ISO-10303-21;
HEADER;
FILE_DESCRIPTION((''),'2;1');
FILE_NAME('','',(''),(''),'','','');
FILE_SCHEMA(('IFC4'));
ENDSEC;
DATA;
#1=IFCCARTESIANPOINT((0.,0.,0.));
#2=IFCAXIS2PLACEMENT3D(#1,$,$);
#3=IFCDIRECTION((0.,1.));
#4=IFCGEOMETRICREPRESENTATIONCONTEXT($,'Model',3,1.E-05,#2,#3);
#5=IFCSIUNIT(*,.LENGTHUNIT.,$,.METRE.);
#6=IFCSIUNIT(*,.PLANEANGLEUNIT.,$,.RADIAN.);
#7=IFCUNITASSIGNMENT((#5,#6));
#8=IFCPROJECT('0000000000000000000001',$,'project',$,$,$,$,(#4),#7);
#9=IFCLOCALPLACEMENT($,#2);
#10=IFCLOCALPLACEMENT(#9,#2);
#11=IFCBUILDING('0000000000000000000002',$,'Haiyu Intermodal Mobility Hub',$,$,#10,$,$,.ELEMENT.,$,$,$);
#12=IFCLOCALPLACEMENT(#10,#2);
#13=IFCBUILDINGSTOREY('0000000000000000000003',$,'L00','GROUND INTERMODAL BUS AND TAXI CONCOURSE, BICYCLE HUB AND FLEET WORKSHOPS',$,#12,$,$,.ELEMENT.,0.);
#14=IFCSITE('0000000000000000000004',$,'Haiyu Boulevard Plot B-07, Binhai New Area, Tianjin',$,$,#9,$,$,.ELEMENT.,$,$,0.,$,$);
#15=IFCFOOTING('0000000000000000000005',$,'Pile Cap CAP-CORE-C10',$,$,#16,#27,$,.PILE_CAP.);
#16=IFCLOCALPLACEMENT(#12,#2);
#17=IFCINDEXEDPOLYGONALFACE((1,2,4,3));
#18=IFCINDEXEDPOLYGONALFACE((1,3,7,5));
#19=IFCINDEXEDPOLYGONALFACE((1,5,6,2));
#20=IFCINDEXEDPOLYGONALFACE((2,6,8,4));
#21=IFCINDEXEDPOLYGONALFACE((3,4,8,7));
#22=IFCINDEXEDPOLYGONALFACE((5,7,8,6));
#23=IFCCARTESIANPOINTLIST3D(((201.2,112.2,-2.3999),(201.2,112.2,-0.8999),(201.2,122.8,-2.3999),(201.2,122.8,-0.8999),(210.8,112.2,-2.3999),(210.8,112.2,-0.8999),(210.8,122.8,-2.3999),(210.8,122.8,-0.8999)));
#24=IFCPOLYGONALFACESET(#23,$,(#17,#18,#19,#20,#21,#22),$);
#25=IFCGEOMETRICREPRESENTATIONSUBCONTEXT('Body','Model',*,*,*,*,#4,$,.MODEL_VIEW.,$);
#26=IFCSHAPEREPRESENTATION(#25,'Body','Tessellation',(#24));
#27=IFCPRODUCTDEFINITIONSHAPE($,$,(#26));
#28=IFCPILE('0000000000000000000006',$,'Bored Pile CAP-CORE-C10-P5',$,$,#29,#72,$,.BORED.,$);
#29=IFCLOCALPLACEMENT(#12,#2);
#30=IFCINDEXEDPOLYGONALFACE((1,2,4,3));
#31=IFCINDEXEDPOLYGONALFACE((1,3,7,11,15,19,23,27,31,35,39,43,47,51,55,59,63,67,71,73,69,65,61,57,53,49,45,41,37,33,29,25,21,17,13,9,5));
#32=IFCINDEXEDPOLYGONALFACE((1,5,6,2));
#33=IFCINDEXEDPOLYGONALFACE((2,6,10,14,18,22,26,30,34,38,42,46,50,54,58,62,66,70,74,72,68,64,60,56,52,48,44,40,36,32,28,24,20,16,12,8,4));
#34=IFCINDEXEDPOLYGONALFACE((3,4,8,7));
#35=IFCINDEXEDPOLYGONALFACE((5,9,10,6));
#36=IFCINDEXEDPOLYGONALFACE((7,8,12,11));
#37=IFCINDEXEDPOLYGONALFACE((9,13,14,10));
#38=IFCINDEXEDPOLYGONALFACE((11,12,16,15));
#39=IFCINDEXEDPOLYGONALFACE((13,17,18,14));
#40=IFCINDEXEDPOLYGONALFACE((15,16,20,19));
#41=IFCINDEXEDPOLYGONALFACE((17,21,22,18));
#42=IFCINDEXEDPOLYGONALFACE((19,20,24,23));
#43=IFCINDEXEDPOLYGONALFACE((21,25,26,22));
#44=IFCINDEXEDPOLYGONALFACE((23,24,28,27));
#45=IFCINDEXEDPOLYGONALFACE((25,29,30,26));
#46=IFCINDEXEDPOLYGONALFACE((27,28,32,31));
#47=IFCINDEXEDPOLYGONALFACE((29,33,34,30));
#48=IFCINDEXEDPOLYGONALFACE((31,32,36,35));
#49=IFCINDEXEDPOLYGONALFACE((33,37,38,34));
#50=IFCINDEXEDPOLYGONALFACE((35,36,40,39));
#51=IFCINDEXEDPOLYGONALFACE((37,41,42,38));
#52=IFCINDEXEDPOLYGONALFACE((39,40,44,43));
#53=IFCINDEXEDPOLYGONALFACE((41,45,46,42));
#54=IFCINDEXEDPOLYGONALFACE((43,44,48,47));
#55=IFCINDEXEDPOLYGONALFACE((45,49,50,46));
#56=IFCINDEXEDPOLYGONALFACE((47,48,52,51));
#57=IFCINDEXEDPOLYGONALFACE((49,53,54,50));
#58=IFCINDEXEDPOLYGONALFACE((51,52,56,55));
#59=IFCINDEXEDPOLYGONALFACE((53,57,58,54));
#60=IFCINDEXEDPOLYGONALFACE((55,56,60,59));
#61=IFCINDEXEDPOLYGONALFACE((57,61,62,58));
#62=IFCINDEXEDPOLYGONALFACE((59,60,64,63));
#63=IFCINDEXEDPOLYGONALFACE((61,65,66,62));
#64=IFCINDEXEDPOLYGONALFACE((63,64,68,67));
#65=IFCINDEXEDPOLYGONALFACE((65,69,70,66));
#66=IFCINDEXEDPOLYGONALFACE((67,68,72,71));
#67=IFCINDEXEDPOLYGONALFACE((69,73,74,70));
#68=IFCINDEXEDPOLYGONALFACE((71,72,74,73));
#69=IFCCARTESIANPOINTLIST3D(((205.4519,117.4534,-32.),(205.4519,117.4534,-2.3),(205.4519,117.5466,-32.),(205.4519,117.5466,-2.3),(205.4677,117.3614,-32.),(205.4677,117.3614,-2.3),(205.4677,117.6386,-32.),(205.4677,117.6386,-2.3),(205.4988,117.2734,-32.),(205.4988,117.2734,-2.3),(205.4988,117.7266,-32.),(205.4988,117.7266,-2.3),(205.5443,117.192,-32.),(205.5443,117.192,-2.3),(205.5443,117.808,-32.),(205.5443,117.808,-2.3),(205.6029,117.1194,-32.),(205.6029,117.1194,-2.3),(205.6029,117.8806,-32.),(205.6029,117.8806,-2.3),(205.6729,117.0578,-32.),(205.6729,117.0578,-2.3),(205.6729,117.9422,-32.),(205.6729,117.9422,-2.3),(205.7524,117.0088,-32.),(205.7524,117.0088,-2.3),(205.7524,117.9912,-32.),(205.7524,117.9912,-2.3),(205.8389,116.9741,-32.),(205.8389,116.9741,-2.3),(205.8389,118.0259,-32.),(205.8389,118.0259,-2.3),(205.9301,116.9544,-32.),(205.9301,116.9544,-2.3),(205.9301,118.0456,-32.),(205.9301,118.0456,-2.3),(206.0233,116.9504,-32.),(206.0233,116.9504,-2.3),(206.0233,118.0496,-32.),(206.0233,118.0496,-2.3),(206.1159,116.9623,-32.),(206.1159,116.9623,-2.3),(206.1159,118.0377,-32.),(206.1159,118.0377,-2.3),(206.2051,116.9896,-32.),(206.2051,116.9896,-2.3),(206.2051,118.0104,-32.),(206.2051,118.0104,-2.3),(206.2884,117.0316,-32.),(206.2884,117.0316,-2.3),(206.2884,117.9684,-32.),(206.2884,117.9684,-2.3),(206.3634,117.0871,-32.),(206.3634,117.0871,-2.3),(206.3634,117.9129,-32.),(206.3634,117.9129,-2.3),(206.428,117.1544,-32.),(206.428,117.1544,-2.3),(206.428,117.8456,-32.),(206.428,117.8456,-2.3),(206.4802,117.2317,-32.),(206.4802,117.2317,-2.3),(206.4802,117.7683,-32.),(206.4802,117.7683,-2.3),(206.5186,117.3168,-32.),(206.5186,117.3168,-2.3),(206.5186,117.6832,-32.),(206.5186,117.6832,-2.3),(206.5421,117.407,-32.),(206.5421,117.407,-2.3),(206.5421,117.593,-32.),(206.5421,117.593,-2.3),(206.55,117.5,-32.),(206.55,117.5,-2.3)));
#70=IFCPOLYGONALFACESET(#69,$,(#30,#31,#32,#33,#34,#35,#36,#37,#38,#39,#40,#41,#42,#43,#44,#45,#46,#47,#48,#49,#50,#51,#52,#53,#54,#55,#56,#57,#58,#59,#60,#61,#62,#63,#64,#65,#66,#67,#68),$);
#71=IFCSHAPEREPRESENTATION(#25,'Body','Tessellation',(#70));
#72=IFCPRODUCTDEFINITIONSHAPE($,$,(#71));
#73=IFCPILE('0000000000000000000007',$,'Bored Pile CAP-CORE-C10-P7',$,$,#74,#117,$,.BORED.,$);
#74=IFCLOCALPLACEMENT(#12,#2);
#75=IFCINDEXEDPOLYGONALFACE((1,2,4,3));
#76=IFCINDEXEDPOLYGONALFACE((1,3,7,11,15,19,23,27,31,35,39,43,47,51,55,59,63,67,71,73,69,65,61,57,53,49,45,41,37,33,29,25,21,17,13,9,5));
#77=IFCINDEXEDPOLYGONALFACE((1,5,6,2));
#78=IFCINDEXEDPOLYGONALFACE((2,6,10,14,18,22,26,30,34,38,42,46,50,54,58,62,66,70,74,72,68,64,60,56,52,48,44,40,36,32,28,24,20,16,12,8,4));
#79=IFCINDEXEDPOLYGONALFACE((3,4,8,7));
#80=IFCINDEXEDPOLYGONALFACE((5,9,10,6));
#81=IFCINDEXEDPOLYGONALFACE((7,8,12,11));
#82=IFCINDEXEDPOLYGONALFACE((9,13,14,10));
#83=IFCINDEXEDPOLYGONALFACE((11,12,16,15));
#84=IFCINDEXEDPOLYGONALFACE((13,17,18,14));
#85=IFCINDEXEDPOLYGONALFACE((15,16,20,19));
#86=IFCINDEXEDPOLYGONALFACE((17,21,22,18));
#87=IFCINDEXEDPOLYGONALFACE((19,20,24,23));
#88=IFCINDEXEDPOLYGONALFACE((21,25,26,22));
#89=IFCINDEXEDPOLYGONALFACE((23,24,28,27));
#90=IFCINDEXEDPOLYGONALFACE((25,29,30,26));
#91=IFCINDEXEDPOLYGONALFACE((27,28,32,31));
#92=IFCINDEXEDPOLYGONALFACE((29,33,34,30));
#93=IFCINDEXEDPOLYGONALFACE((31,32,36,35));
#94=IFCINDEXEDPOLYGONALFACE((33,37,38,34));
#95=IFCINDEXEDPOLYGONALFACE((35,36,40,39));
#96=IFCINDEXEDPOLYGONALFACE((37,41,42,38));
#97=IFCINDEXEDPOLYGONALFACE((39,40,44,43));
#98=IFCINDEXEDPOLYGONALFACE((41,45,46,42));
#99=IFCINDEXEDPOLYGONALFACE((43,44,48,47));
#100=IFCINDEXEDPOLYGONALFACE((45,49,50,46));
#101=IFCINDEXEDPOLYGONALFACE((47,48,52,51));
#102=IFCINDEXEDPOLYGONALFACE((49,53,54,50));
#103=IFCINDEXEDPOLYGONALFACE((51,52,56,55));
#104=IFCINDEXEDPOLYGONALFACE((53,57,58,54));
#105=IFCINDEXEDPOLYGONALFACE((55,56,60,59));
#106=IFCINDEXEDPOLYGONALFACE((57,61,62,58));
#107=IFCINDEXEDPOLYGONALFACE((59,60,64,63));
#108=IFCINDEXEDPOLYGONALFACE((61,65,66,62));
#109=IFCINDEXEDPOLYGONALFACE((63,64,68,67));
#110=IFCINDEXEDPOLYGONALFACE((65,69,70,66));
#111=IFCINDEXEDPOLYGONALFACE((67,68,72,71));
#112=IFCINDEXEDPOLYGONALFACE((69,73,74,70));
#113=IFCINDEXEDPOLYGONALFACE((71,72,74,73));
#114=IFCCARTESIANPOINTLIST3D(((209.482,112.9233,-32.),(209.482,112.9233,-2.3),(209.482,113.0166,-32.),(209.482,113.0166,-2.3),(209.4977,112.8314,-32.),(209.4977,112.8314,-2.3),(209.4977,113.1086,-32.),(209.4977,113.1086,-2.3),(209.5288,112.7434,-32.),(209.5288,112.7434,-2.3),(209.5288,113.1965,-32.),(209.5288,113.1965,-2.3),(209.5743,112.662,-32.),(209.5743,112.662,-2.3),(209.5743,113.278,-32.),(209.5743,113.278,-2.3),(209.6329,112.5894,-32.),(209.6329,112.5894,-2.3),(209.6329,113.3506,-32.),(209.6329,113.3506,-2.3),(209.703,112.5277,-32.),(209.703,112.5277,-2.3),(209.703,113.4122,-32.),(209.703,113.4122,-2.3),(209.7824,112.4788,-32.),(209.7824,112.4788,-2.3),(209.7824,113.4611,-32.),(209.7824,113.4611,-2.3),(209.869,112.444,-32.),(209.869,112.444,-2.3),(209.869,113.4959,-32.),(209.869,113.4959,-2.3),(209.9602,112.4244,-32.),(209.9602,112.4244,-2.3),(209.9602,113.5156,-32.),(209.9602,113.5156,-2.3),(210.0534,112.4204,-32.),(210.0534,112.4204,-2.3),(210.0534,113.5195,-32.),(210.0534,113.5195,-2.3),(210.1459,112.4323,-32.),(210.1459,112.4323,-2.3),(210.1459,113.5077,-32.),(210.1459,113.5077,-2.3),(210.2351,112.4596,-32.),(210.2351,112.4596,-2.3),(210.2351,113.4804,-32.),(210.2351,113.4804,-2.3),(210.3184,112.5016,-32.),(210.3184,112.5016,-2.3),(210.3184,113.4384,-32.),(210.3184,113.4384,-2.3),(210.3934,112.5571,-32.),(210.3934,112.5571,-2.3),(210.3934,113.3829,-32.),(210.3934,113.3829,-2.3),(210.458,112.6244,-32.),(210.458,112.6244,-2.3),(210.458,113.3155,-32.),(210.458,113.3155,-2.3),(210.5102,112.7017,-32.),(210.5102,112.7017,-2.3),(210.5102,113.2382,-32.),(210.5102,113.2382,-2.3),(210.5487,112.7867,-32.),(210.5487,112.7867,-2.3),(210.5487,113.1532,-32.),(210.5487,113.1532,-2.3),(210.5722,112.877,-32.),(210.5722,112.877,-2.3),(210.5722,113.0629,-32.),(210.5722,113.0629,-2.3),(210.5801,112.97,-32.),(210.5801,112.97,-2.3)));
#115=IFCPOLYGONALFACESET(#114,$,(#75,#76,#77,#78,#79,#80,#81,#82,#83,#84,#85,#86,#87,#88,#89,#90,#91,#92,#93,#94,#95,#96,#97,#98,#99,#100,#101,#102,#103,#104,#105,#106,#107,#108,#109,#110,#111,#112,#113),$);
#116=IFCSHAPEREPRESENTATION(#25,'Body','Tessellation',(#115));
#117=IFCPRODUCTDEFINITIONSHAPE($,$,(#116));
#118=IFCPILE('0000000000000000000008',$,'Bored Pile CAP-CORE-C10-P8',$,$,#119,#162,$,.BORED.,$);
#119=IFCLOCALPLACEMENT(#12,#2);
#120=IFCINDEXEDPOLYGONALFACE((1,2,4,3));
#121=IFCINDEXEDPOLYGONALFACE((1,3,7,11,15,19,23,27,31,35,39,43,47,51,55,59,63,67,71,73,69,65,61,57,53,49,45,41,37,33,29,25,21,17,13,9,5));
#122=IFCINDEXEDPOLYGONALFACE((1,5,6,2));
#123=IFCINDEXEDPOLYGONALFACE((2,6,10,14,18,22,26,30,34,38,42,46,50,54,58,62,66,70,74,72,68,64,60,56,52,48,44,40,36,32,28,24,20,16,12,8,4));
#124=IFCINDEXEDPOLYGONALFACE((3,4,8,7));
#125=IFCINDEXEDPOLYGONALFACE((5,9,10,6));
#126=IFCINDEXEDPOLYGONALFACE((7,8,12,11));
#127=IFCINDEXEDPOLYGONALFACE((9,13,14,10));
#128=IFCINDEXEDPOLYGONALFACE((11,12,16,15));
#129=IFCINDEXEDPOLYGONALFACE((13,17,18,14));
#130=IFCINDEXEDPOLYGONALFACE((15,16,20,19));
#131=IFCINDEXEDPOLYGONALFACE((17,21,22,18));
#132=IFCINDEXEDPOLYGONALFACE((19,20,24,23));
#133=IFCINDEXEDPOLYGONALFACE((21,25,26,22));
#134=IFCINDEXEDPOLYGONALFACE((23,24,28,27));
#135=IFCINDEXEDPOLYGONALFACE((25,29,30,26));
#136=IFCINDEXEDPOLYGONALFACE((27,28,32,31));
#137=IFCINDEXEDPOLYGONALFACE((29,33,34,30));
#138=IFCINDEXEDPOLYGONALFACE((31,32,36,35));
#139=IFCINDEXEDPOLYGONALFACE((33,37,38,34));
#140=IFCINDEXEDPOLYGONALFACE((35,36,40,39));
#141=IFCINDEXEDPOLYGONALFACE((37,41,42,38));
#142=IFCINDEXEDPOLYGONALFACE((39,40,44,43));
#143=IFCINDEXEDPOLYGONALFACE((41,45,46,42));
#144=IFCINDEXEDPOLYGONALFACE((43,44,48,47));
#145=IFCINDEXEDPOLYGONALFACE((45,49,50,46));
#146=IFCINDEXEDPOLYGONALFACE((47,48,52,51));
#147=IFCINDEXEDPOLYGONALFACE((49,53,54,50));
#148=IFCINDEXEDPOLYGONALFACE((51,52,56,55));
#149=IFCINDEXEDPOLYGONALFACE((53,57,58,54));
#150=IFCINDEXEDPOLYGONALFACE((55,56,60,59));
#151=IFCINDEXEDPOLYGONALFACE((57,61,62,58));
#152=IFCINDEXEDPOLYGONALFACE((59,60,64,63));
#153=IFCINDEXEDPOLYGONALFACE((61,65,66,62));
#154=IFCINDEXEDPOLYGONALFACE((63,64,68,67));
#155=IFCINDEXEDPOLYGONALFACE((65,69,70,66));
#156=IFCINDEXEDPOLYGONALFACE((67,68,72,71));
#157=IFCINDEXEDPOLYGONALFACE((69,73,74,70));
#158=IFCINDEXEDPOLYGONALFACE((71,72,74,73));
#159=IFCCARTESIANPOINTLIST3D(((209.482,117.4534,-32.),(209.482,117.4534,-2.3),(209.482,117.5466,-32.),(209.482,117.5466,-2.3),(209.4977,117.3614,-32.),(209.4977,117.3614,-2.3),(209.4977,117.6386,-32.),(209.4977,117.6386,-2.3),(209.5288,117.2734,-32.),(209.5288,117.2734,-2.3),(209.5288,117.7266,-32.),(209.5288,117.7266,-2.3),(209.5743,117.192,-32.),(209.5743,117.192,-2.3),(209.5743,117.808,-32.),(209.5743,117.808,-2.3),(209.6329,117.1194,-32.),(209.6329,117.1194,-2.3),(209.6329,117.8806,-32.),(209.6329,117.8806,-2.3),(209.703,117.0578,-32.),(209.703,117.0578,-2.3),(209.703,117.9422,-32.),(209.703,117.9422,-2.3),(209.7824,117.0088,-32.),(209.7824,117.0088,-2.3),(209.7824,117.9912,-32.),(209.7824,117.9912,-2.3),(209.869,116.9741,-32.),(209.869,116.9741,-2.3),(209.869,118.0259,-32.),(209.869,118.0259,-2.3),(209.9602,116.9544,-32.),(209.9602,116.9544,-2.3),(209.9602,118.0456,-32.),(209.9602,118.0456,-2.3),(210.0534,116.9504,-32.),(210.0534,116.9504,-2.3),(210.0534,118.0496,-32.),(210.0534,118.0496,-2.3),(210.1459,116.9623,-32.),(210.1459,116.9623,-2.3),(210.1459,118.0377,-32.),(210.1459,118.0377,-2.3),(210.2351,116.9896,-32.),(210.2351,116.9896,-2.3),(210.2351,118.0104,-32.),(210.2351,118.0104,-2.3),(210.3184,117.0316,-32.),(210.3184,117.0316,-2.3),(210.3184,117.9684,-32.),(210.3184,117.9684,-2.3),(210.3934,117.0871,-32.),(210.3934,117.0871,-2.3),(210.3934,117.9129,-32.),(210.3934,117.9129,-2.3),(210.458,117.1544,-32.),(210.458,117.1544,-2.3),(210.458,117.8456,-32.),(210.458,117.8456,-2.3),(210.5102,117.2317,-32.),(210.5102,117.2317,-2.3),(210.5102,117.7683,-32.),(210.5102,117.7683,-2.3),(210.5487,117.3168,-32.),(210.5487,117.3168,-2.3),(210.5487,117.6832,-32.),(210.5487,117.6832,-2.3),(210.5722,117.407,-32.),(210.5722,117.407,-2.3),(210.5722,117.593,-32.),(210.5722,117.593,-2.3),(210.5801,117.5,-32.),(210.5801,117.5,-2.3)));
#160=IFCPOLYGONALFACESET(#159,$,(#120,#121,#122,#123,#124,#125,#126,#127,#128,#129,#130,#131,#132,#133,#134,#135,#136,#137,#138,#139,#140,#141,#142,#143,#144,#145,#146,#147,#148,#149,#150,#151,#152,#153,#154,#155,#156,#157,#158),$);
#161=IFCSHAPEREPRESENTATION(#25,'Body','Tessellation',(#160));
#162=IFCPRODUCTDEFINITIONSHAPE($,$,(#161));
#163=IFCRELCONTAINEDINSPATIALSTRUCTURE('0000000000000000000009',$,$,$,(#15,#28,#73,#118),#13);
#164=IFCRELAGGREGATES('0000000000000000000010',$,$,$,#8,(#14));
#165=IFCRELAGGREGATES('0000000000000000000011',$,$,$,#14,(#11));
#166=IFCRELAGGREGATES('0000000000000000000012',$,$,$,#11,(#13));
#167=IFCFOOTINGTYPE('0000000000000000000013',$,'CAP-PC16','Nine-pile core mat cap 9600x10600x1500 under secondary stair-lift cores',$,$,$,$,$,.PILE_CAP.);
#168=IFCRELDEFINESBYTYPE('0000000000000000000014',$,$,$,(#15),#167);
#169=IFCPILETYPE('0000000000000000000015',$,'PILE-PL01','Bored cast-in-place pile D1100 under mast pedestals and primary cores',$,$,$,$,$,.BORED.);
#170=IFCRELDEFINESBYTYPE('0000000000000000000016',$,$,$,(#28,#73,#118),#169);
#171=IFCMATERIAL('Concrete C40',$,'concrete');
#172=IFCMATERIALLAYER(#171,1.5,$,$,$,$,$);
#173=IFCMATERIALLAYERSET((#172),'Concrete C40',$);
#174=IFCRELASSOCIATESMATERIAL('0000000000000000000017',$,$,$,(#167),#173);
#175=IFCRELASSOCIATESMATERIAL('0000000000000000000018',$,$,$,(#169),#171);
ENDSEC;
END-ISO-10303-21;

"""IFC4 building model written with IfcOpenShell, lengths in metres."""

from ifc_helpers import new_model, si_unit, direction, frame, origin, origin_2d, place, context, subcontext, project, spatial, rectangle, circle, extrude, material, layer, layer_set, material_profile, profile_set, type_object, element, save


model = new_model("IFC4")

# Units and contexts
model_context = context("Model", 3, precision=1e-05, world=origin(), true_north=direction((0.0, 1.0)))
body_context = subcontext(model_context, "Body", "Model", "MODEL_VIEW")
ifc_project = project(units=[si_unit("LENGTHUNIT", "METRE"), si_unit("PLANEANGLEUNIT", "RADIAN")], contexts=[model_context])

# Site, building, storey
site_placement = place(None, origin())
site = spatial("IfcSite", under=ifc_project, at=site_placement, Name="Haiyu Boulevard Plot B-07, Binhai New Area, Tianjin", CompositionType="ELEMENT", RefElevation=0.0)
building_placement = place(site_placement, origin())
building = spatial("IfcBuilding", under=site, at=building_placement, Name="Haiyu Intermodal Mobility Hub", CompositionType="ELEMENT")
storey_placement = place(building_placement, origin())
storey = spatial("IfcBuildingStorey", under=building, at=storey_placement, Name="L00", Description="GROUND INTERMODAL BUS AND TAXI CONCOURSE, BICYCLE HUB AND FLEET WORKSHOPS", CompositionType="ELEMENT", Elevation=0.0)

# Footing
ifc_material_1 = material(Name="Concrete C40", Category="concrete")
ifc_layer_1 = layer(ifc_material_1, 1.5)
ifc_layer_set_1 = layer_set([ifc_layer_1], Name="Concrete C40")
footing_type = type_object("IfcFootingType", Name="CAP-PC16", Description="Nine-pile core mat cap 9600x10600x1500 under secondary stair-lift cores", PredefinedType="PILE_CAP", material=ifc_layer_set_1)
footing_placement = place(storey_placement, frame((206.0, 117.5, -2.3999), z_axis=(0.0, 0.0, 1.0), x_axis=(1.0, 0.0, 0.0)))
element("IfcFooting", 1, at=footing_placement, inside=storey, type_object=footing_type, Name="Pile Cap CAP-CORE-C10", PredefinedType="PILE_CAP", context=body_context, shape_type="SweptSolid", body=[
    extrude(rectangle(XDim=9.6001, YDim=10.6001, at=origin_2d()), origin(), (0.0, 0.0, 1.0), 1.5),
])

# Piles
ifc_material_profile_1 = material_profile(ifc_material_1, circle(Radius=0.55, at=origin_2d()), Name="PILE-D1100")
ifc_profile_set_1 = profile_set([ifc_material_profile_1], Name="Concrete C40")
pile_type = type_object("IfcPileType", Name="PILE-PL01", Description="Bored cast-in-place pile D1100 under mast pedestals and primary cores", PredefinedType="BORED", material=ifc_profile_set_1)
for number, where, z_axis, x_axis, name in (
    (2, (206.0, 117.5, -2.3), (0.0, 0.0, -1.0), (1.0, 0.0, 0.0), "Bored Pile CAP-CORE-C10-P5"),
    (3, (210.03, 112.97, -2.3), (0.0, 0.0, -1.0), (1.0, 0.0, 0.0), "Bored Pile CAP-CORE-C10-P7"),
    (4, (210.03, 117.5, -2.3), (0.0, 0.0, -1.0), (1.0, 0.0, 0.0), "Bored Pile CAP-CORE-C10-P8"),
):
    element("IfcPile", number, at=place(storey_placement, frame(where, z_axis=z_axis, x_axis=x_axis)), inside=storey, type_object=pile_type, Name=name, PredefinedType="BORED", context=body_context, shape_type="SweptSolid", body=[
        extrude(circle(Radius=0.55, at=origin_2d()), origin(), (0.0, 0.0, 1.0), 29.7),
    ])

save(model, "model.ifc")
